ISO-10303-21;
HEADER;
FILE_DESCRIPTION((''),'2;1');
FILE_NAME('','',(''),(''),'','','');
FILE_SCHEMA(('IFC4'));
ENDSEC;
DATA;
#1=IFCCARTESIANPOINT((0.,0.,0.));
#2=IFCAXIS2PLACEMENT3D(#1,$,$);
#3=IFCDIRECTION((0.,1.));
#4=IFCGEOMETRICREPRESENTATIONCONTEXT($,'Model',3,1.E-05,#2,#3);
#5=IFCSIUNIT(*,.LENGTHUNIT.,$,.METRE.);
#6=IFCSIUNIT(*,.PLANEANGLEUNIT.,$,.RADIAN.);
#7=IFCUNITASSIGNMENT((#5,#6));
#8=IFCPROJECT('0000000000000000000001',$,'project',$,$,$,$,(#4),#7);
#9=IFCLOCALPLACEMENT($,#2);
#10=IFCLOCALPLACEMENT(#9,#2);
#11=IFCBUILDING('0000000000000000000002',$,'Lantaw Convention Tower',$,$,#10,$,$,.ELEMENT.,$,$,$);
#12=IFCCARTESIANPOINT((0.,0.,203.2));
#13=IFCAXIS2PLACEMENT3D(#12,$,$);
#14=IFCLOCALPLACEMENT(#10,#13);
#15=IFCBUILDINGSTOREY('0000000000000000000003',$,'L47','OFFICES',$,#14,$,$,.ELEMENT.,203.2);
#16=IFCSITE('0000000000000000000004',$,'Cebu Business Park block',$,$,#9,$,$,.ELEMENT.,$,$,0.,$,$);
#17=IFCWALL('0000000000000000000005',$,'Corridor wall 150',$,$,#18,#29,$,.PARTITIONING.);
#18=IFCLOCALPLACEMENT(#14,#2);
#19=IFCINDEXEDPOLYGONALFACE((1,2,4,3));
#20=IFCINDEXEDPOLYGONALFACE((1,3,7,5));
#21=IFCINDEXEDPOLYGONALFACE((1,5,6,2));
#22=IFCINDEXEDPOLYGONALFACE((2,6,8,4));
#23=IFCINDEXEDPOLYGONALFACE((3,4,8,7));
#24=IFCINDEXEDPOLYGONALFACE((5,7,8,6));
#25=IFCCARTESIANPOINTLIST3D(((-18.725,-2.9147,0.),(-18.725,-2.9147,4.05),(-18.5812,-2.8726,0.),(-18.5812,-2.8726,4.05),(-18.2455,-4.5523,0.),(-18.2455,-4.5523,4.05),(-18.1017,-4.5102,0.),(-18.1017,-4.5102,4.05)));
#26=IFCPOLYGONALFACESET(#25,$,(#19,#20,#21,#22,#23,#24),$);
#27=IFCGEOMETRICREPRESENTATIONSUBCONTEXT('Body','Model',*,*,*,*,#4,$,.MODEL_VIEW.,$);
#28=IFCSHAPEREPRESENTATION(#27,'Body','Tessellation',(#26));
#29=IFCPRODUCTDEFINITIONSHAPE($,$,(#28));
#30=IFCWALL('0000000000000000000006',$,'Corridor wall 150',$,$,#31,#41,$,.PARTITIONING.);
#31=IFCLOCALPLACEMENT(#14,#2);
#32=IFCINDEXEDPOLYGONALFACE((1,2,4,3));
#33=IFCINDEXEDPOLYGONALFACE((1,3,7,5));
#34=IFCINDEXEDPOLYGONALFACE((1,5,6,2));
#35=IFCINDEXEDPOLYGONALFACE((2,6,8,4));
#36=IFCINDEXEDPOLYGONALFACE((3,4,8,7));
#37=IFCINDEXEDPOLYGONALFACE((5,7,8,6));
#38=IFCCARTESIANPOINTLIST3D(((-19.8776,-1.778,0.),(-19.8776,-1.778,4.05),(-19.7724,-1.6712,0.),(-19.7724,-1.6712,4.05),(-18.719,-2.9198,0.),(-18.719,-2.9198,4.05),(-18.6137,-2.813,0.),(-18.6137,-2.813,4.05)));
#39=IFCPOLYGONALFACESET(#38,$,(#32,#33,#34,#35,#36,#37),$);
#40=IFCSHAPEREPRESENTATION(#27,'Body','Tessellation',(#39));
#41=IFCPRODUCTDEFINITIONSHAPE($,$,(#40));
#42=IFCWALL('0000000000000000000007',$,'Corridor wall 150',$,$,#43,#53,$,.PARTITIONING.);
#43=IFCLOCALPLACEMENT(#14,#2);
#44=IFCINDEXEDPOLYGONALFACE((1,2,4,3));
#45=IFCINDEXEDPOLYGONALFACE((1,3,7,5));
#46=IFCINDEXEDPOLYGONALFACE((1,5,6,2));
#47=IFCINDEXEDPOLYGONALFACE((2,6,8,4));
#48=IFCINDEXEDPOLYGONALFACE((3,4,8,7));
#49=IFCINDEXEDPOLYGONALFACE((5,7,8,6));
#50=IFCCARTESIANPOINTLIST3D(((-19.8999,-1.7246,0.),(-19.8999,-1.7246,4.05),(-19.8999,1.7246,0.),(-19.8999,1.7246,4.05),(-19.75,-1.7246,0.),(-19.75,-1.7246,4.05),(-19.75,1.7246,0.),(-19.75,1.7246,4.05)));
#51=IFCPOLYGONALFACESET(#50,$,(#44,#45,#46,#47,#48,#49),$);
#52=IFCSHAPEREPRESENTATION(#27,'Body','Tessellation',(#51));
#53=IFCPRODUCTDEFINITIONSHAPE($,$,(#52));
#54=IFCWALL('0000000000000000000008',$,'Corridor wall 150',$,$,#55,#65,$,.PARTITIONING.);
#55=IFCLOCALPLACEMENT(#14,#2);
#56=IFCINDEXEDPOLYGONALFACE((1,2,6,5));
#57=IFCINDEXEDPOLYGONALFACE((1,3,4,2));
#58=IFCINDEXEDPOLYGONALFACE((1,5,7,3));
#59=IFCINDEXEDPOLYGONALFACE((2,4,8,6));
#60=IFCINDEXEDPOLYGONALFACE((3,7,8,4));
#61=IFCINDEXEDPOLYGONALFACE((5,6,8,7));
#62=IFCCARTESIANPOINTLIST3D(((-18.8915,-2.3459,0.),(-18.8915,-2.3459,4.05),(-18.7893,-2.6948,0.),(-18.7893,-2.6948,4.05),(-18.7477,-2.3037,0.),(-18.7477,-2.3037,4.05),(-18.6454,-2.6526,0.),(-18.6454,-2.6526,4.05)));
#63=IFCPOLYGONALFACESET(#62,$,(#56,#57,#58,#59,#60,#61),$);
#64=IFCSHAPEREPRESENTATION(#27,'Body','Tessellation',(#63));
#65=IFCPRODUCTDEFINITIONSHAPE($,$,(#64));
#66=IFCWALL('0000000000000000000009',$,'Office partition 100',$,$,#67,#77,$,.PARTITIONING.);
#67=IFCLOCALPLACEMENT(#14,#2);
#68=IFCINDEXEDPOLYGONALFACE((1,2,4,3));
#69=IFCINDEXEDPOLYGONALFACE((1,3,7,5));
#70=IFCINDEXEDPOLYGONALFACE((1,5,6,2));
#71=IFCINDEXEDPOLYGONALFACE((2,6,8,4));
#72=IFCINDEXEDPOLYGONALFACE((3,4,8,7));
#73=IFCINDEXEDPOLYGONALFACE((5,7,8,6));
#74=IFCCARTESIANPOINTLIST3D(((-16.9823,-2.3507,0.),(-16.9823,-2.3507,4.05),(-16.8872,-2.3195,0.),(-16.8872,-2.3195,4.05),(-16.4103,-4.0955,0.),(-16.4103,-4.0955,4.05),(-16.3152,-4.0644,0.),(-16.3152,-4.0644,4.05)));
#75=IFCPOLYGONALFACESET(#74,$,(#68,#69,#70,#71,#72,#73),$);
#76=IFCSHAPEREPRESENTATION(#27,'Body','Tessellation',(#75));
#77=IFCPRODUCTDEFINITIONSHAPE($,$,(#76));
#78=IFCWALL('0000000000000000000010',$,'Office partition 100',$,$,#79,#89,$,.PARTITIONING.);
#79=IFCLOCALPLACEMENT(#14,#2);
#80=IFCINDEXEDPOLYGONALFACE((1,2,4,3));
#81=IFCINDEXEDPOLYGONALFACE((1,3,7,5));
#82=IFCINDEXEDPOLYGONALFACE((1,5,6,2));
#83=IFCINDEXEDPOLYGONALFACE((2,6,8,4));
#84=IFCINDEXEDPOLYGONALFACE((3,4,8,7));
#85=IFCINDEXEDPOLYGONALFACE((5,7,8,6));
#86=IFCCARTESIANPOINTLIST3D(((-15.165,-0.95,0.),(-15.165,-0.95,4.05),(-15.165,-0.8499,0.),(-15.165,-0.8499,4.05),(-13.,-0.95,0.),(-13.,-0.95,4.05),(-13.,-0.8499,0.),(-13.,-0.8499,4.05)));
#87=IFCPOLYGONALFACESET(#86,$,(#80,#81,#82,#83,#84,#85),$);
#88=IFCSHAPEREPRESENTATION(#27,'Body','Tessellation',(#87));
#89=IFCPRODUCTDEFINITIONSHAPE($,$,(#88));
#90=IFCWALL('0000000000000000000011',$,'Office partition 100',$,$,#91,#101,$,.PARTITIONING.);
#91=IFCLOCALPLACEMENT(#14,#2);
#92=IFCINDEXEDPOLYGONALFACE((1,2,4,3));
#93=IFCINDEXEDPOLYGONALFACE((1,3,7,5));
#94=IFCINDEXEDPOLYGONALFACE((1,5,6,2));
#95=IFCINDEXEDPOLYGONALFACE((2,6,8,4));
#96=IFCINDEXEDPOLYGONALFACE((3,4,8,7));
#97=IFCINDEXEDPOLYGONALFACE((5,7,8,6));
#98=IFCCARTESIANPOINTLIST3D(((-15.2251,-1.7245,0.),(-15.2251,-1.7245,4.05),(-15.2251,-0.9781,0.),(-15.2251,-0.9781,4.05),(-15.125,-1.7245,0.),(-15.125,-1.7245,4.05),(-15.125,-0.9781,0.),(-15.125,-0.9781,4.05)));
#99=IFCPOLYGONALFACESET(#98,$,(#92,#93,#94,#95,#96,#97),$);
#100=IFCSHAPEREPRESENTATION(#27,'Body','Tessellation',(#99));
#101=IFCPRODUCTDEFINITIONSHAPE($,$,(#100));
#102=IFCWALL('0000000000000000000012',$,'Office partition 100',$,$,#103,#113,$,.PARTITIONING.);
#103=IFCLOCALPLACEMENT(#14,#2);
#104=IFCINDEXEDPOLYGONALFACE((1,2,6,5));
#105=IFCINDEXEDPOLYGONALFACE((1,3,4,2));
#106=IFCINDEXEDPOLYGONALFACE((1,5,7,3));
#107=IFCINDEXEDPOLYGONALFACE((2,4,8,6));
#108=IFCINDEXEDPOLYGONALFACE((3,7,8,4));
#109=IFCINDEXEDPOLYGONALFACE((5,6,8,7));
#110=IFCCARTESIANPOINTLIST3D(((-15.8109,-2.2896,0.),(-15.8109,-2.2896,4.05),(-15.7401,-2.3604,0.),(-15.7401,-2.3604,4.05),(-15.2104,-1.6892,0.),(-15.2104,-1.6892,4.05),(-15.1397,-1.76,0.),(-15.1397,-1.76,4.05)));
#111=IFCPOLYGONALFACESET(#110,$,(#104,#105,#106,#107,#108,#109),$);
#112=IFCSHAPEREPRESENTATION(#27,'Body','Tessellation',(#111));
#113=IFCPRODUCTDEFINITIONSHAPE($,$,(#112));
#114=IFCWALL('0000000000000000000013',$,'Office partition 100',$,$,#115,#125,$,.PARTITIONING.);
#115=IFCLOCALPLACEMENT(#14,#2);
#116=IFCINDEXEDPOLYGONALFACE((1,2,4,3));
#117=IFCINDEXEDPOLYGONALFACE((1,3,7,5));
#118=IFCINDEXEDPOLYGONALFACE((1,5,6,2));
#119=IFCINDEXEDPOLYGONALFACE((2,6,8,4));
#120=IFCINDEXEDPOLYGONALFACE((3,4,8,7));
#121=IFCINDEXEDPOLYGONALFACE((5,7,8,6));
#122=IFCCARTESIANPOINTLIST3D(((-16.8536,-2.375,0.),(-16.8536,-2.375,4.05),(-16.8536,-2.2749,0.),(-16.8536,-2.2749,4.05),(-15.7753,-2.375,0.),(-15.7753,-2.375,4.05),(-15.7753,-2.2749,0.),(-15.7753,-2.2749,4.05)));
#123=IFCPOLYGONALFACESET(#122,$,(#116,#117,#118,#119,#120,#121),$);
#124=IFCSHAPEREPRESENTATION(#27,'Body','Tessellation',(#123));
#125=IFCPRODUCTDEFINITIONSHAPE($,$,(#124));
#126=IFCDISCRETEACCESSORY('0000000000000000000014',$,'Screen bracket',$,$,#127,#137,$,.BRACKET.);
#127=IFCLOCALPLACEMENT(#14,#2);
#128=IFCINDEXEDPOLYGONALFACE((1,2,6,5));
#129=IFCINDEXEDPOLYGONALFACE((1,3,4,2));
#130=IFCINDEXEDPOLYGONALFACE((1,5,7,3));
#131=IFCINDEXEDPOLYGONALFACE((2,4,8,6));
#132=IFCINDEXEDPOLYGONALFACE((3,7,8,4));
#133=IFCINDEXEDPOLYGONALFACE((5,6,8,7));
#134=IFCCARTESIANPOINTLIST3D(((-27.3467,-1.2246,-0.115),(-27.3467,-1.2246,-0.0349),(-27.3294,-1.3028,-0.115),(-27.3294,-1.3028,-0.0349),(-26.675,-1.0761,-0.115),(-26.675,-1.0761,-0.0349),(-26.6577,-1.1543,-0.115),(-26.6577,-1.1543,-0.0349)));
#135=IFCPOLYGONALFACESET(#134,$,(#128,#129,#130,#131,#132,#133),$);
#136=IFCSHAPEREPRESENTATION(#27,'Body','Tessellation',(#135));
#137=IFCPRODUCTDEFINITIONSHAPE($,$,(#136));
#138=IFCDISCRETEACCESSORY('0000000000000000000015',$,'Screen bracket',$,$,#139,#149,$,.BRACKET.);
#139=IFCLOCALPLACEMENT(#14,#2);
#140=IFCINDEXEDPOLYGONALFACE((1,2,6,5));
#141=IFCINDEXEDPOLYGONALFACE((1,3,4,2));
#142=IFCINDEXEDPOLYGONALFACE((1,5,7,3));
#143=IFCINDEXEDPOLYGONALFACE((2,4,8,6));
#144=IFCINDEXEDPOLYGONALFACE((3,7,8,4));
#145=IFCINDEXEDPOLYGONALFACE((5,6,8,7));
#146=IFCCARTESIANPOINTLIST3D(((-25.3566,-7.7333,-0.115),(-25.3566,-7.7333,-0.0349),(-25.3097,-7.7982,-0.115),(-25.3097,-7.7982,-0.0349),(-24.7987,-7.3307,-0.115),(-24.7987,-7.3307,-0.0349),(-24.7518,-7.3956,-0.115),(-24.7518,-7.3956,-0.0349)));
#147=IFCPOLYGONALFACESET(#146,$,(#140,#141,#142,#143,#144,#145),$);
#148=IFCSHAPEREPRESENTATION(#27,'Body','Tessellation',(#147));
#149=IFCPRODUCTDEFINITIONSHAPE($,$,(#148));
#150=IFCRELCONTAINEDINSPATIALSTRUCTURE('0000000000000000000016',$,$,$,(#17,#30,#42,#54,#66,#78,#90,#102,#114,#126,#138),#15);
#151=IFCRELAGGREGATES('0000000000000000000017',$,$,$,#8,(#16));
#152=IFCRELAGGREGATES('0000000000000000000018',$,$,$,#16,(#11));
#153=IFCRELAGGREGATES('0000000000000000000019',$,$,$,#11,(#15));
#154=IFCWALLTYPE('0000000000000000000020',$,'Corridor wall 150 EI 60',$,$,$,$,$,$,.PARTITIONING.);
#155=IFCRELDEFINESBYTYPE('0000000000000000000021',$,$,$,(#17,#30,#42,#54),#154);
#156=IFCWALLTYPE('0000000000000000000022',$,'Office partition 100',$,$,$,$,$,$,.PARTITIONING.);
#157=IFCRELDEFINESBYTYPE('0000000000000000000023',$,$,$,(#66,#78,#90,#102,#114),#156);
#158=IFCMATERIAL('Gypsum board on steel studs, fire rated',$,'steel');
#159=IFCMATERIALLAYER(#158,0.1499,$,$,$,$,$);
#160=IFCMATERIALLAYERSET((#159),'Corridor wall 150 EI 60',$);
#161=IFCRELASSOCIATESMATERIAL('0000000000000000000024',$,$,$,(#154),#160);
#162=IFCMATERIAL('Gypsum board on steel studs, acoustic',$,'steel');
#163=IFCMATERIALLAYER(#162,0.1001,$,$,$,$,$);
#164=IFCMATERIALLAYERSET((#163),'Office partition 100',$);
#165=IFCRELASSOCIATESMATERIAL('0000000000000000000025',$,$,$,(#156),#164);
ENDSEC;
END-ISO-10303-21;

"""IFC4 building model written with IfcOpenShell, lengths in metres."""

from ifc_helpers import new_model, si_unit, direction, frame, frame_2d, origin, origin_2d, place, context, subcontext, project, spatial, rectangle, extrude, material, layer, layer_set, type_object, element, save


model = new_model("IFC4")

# Units and contexts
model_context = context("Model", 3, precision=1e-05, world=origin(), true_north=direction((0.0, 1.0)))
body_context = subcontext(model_context, "Body", "Model", "MODEL_VIEW")
ifc_project = project(units=[si_unit("LENGTHUNIT", "METRE"), si_unit("PLANEANGLEUNIT", "RADIAN")], contexts=[model_context])

# Site, building, storey
site_placement = place(None, origin())
site = spatial("IfcSite", under=ifc_project, at=site_placement, Name="Cebu Business Park block", CompositionType="ELEMENT", RefElevation=0.0)
building_placement = place(site_placement, origin())
building = spatial("IfcBuilding", under=site, at=building_placement, Name="Lantaw Convention Tower", CompositionType="ELEMENT")
storey_placement = place(building_placement, frame((0.0, 0.0, 203.2)))
storey = spatial("IfcBuildingStorey", under=building, at=storey_placement, Name="L47", Description="OFFICES", CompositionType="ELEMENT", Elevation=203.2)

# Shared definitions
ifc_material_1 = material(Name="Gypsum board on steel studs, fire rated", Category="steel")
ifc_layer_1 = layer(ifc_material_1, 0.1499)
ifc_layer_set_1 = layer_set([ifc_layer_1], Name="Corridor wall 150 EI 60")
wall_type_1 = type_object("IfcWallType", Name="Corridor wall 150 EI 60", PredefinedType="PARTITIONING", material=ifc_layer_set_1)

# Walls
wall_1_placement = place(storey_placement, frame((-18.6531, -2.8938, 0.0), z_axis=(0.0, 0.0, 1.0), x_axis=(0.281027, -0.9597, 0.0)))
element("IfcWall", 1, at=wall_1_placement, inside=storey, type_object=wall_type_1, Name="Corridor wall 150", PredefinedType="PARTITIONING", context=body_context, shape_type="SweptSolid", body=[
    extrude(rectangle(XDim=1.7063, YDim=0.1499, at=frame_2d((0.853, 0.0))), origin(), (0.0, 0.0, 1.0), 4.05),
])
wall_2_placement = place(storey_placement, frame((-18.6663, -2.8665, 0.0), z_axis=(0.0, 0.0, 1.0), x_axis=(-0.712265, 0.70191, 0.0)))
element("IfcWall", 2, at=wall_2_placement, inside=storey, type_object=wall_type_1, Name="Corridor wall 150", PredefinedType="PARTITIONING", context=body_context, shape_type="SweptSolid", body=[
    extrude(rectangle(XDim=1.6267, YDim=0.1499, at=frame_2d((0.8135, 0.0))), origin(), (0.0, 0.0, 1.0), 4.05),
])
wall_3_placement = place(storey_placement, frame((-19.825, -1.7246, 0.0), z_axis=(0.0, 0.0, 1.0), x_axis=(0.0, 1.0, 0.0)))
element("IfcWall", 3, at=wall_3_placement, inside=storey, type_object=wall_type_1, Name="Corridor wall 150", PredefinedType="PARTITIONING", context=body_context, shape_type="SweptSolid", body=[
    extrude(rectangle(XDim=3.4492, YDim=0.1499, at=frame_2d((1.7246, 0.0))), origin(), (0.0, 0.0, 1.0), 4.05),
])
wall_4_placement = place(storey_placement, frame((-18.8196, -2.325, 0.0), z_axis=(0.0, 0.0, 1.0), x_axis=(0.281366, -0.9596, 0.0)))
element("IfcWall", 4, at=wall_4_placement, inside=storey, type_object=wall_type_1, Name="Corridor wall 150", PredefinedType="PARTITIONING", context=body_context, shape_type="SweptSolid", body=[
    extrude(rectangle(XDim=0.3635, YDim=0.1499, at=frame_2d((0.1816, 0.0))), origin(), (0.0, 0.0, 1.0), 4.05),
])
ifc_material_2 = material(Name="Gypsum board on steel studs, acoustic", Category="steel")
ifc_layer_2 = layer(ifc_material_2, 0.1001)
ifc_layer_set_2 = layer_set([ifc_layer_2], Name="Office partition 100")
wall_type_2 = type_object("IfcWallType", Name="Office partition 100", PredefinedType="PARTITIONING", material=ifc_layer_set_2)
wall_5_placement = place(storey_placement, frame((-16.3628, -4.0798, 0.0), z_axis=(0.0, 0.0, 1.0), x_axis=(-0.311517, 0.950241, 0.0)))
element("IfcWall", 5, at=wall_5_placement, inside=storey, type_object=wall_type_2, Name="Office partition 100", PredefinedType="PARTITIONING", context=body_context, shape_type="SweptSolid", body=[
    extrude(rectangle(XDim=1.8362, YDim=0.1001, at=frame_2d((0.918, 0.0))), origin(), (0.0, 0.0, 1.0), 4.05),
])
wall_6_placement = place(storey_placement, frame((-15.165, -0.8999, 0.0), z_axis=(0.0, 0.0, 1.0), x_axis=(1.0, 0.0, 0.0)))
element("IfcWall", 6, at=wall_6_placement, inside=storey, type_object=wall_type_2, Name="Office partition 100", PredefinedType="PARTITIONING", context=body_context, shape_type="SweptSolid", body=[
    extrude(rectangle(XDim=2.165, YDim=0.1001, at=frame_2d((1.0825, 0.0))), origin(), (0.0, 0.0, 1.0), 4.05),
])
wall_7_placement = place(storey_placement, frame((-15.175, -0.9783, 0.0), z_axis=(0.0, 0.0, 1.0), x_axis=(0.0, -1.0, 0.0)))
element("IfcWall", 7, at=wall_7_placement, inside=storey, type_object=wall_type_2, Name="Office partition 100", PredefinedType="PARTITIONING", context=body_context, shape_type="SweptSolid", body=[
    extrude(rectangle(XDim=0.7463, YDim=0.1001, at=frame_2d((0.373, 0.0))), origin(), (0.0, 0.0, 1.0), 4.05),
])
wall_8_placement = place(storey_placement, frame((-15.175, -1.7246, 0.0), z_axis=(0.0, 0.0, 1.0), x_axis=(-0.707107, -0.707107, 0.0)))
element("IfcWall", 8, at=wall_8_placement, inside=storey, type_object=wall_type_2, Name="Office partition 100", PredefinedType="PARTITIONING", context=body_context, shape_type="SweptSolid", body=[
    extrude(rectangle(XDim=0.8491, YDim=0.1001, at=frame_2d((0.4246, 0.0))), origin(), (0.0, 0.0, 1.0), 4.05),
])
wall_9_placement = place(storey_placement, frame((-15.7754, -2.325, 0.0), z_axis=(0.0, 0.0, 1.0), x_axis=(-1.0, 0.0, 0.0)))
element("IfcWall", 9, at=wall_9_placement, inside=storey, type_object=wall_type_2, Name="Office partition 100", PredefinedType="PARTITIONING", context=body_context, shape_type="SweptSolid", body=[
    extrude(rectangle(XDim=1.0784, YDim=0.1001, at=frame_2d((0.5391, 0.0))), origin(), (0.0, 0.0, 1.0), 4.05),
])

# Discrete accessories
for number, where, z_axis, x_axis, name in (
    (10, (-27.0022, -1.1895, -0.115), (0.0, 0.0, 1.0), (0.215891, -0.976417, 0.0), "Screen bracket"),
    (11, (-25.0542, -7.5645, -0.115), (0.0, 0.0, 1.0), (0.585158, -0.81092, 0.0), "Screen bracket"),
):
    element("IfcDiscreteAccessory", number, at=place(storey_placement, frame(where, z_axis=z_axis, x_axis=x_axis)), inside=storey, Name=name, PredefinedType="BRACKET", context=body_context, shape_type="SweptSolid", body=[
        extrude(rectangle(XDim=0.0801, YDim=0.688, at=origin_2d()), origin(), (0.0, 0.0, 1.0), 0.0801),
    ])

save(model, "model.ifc")
